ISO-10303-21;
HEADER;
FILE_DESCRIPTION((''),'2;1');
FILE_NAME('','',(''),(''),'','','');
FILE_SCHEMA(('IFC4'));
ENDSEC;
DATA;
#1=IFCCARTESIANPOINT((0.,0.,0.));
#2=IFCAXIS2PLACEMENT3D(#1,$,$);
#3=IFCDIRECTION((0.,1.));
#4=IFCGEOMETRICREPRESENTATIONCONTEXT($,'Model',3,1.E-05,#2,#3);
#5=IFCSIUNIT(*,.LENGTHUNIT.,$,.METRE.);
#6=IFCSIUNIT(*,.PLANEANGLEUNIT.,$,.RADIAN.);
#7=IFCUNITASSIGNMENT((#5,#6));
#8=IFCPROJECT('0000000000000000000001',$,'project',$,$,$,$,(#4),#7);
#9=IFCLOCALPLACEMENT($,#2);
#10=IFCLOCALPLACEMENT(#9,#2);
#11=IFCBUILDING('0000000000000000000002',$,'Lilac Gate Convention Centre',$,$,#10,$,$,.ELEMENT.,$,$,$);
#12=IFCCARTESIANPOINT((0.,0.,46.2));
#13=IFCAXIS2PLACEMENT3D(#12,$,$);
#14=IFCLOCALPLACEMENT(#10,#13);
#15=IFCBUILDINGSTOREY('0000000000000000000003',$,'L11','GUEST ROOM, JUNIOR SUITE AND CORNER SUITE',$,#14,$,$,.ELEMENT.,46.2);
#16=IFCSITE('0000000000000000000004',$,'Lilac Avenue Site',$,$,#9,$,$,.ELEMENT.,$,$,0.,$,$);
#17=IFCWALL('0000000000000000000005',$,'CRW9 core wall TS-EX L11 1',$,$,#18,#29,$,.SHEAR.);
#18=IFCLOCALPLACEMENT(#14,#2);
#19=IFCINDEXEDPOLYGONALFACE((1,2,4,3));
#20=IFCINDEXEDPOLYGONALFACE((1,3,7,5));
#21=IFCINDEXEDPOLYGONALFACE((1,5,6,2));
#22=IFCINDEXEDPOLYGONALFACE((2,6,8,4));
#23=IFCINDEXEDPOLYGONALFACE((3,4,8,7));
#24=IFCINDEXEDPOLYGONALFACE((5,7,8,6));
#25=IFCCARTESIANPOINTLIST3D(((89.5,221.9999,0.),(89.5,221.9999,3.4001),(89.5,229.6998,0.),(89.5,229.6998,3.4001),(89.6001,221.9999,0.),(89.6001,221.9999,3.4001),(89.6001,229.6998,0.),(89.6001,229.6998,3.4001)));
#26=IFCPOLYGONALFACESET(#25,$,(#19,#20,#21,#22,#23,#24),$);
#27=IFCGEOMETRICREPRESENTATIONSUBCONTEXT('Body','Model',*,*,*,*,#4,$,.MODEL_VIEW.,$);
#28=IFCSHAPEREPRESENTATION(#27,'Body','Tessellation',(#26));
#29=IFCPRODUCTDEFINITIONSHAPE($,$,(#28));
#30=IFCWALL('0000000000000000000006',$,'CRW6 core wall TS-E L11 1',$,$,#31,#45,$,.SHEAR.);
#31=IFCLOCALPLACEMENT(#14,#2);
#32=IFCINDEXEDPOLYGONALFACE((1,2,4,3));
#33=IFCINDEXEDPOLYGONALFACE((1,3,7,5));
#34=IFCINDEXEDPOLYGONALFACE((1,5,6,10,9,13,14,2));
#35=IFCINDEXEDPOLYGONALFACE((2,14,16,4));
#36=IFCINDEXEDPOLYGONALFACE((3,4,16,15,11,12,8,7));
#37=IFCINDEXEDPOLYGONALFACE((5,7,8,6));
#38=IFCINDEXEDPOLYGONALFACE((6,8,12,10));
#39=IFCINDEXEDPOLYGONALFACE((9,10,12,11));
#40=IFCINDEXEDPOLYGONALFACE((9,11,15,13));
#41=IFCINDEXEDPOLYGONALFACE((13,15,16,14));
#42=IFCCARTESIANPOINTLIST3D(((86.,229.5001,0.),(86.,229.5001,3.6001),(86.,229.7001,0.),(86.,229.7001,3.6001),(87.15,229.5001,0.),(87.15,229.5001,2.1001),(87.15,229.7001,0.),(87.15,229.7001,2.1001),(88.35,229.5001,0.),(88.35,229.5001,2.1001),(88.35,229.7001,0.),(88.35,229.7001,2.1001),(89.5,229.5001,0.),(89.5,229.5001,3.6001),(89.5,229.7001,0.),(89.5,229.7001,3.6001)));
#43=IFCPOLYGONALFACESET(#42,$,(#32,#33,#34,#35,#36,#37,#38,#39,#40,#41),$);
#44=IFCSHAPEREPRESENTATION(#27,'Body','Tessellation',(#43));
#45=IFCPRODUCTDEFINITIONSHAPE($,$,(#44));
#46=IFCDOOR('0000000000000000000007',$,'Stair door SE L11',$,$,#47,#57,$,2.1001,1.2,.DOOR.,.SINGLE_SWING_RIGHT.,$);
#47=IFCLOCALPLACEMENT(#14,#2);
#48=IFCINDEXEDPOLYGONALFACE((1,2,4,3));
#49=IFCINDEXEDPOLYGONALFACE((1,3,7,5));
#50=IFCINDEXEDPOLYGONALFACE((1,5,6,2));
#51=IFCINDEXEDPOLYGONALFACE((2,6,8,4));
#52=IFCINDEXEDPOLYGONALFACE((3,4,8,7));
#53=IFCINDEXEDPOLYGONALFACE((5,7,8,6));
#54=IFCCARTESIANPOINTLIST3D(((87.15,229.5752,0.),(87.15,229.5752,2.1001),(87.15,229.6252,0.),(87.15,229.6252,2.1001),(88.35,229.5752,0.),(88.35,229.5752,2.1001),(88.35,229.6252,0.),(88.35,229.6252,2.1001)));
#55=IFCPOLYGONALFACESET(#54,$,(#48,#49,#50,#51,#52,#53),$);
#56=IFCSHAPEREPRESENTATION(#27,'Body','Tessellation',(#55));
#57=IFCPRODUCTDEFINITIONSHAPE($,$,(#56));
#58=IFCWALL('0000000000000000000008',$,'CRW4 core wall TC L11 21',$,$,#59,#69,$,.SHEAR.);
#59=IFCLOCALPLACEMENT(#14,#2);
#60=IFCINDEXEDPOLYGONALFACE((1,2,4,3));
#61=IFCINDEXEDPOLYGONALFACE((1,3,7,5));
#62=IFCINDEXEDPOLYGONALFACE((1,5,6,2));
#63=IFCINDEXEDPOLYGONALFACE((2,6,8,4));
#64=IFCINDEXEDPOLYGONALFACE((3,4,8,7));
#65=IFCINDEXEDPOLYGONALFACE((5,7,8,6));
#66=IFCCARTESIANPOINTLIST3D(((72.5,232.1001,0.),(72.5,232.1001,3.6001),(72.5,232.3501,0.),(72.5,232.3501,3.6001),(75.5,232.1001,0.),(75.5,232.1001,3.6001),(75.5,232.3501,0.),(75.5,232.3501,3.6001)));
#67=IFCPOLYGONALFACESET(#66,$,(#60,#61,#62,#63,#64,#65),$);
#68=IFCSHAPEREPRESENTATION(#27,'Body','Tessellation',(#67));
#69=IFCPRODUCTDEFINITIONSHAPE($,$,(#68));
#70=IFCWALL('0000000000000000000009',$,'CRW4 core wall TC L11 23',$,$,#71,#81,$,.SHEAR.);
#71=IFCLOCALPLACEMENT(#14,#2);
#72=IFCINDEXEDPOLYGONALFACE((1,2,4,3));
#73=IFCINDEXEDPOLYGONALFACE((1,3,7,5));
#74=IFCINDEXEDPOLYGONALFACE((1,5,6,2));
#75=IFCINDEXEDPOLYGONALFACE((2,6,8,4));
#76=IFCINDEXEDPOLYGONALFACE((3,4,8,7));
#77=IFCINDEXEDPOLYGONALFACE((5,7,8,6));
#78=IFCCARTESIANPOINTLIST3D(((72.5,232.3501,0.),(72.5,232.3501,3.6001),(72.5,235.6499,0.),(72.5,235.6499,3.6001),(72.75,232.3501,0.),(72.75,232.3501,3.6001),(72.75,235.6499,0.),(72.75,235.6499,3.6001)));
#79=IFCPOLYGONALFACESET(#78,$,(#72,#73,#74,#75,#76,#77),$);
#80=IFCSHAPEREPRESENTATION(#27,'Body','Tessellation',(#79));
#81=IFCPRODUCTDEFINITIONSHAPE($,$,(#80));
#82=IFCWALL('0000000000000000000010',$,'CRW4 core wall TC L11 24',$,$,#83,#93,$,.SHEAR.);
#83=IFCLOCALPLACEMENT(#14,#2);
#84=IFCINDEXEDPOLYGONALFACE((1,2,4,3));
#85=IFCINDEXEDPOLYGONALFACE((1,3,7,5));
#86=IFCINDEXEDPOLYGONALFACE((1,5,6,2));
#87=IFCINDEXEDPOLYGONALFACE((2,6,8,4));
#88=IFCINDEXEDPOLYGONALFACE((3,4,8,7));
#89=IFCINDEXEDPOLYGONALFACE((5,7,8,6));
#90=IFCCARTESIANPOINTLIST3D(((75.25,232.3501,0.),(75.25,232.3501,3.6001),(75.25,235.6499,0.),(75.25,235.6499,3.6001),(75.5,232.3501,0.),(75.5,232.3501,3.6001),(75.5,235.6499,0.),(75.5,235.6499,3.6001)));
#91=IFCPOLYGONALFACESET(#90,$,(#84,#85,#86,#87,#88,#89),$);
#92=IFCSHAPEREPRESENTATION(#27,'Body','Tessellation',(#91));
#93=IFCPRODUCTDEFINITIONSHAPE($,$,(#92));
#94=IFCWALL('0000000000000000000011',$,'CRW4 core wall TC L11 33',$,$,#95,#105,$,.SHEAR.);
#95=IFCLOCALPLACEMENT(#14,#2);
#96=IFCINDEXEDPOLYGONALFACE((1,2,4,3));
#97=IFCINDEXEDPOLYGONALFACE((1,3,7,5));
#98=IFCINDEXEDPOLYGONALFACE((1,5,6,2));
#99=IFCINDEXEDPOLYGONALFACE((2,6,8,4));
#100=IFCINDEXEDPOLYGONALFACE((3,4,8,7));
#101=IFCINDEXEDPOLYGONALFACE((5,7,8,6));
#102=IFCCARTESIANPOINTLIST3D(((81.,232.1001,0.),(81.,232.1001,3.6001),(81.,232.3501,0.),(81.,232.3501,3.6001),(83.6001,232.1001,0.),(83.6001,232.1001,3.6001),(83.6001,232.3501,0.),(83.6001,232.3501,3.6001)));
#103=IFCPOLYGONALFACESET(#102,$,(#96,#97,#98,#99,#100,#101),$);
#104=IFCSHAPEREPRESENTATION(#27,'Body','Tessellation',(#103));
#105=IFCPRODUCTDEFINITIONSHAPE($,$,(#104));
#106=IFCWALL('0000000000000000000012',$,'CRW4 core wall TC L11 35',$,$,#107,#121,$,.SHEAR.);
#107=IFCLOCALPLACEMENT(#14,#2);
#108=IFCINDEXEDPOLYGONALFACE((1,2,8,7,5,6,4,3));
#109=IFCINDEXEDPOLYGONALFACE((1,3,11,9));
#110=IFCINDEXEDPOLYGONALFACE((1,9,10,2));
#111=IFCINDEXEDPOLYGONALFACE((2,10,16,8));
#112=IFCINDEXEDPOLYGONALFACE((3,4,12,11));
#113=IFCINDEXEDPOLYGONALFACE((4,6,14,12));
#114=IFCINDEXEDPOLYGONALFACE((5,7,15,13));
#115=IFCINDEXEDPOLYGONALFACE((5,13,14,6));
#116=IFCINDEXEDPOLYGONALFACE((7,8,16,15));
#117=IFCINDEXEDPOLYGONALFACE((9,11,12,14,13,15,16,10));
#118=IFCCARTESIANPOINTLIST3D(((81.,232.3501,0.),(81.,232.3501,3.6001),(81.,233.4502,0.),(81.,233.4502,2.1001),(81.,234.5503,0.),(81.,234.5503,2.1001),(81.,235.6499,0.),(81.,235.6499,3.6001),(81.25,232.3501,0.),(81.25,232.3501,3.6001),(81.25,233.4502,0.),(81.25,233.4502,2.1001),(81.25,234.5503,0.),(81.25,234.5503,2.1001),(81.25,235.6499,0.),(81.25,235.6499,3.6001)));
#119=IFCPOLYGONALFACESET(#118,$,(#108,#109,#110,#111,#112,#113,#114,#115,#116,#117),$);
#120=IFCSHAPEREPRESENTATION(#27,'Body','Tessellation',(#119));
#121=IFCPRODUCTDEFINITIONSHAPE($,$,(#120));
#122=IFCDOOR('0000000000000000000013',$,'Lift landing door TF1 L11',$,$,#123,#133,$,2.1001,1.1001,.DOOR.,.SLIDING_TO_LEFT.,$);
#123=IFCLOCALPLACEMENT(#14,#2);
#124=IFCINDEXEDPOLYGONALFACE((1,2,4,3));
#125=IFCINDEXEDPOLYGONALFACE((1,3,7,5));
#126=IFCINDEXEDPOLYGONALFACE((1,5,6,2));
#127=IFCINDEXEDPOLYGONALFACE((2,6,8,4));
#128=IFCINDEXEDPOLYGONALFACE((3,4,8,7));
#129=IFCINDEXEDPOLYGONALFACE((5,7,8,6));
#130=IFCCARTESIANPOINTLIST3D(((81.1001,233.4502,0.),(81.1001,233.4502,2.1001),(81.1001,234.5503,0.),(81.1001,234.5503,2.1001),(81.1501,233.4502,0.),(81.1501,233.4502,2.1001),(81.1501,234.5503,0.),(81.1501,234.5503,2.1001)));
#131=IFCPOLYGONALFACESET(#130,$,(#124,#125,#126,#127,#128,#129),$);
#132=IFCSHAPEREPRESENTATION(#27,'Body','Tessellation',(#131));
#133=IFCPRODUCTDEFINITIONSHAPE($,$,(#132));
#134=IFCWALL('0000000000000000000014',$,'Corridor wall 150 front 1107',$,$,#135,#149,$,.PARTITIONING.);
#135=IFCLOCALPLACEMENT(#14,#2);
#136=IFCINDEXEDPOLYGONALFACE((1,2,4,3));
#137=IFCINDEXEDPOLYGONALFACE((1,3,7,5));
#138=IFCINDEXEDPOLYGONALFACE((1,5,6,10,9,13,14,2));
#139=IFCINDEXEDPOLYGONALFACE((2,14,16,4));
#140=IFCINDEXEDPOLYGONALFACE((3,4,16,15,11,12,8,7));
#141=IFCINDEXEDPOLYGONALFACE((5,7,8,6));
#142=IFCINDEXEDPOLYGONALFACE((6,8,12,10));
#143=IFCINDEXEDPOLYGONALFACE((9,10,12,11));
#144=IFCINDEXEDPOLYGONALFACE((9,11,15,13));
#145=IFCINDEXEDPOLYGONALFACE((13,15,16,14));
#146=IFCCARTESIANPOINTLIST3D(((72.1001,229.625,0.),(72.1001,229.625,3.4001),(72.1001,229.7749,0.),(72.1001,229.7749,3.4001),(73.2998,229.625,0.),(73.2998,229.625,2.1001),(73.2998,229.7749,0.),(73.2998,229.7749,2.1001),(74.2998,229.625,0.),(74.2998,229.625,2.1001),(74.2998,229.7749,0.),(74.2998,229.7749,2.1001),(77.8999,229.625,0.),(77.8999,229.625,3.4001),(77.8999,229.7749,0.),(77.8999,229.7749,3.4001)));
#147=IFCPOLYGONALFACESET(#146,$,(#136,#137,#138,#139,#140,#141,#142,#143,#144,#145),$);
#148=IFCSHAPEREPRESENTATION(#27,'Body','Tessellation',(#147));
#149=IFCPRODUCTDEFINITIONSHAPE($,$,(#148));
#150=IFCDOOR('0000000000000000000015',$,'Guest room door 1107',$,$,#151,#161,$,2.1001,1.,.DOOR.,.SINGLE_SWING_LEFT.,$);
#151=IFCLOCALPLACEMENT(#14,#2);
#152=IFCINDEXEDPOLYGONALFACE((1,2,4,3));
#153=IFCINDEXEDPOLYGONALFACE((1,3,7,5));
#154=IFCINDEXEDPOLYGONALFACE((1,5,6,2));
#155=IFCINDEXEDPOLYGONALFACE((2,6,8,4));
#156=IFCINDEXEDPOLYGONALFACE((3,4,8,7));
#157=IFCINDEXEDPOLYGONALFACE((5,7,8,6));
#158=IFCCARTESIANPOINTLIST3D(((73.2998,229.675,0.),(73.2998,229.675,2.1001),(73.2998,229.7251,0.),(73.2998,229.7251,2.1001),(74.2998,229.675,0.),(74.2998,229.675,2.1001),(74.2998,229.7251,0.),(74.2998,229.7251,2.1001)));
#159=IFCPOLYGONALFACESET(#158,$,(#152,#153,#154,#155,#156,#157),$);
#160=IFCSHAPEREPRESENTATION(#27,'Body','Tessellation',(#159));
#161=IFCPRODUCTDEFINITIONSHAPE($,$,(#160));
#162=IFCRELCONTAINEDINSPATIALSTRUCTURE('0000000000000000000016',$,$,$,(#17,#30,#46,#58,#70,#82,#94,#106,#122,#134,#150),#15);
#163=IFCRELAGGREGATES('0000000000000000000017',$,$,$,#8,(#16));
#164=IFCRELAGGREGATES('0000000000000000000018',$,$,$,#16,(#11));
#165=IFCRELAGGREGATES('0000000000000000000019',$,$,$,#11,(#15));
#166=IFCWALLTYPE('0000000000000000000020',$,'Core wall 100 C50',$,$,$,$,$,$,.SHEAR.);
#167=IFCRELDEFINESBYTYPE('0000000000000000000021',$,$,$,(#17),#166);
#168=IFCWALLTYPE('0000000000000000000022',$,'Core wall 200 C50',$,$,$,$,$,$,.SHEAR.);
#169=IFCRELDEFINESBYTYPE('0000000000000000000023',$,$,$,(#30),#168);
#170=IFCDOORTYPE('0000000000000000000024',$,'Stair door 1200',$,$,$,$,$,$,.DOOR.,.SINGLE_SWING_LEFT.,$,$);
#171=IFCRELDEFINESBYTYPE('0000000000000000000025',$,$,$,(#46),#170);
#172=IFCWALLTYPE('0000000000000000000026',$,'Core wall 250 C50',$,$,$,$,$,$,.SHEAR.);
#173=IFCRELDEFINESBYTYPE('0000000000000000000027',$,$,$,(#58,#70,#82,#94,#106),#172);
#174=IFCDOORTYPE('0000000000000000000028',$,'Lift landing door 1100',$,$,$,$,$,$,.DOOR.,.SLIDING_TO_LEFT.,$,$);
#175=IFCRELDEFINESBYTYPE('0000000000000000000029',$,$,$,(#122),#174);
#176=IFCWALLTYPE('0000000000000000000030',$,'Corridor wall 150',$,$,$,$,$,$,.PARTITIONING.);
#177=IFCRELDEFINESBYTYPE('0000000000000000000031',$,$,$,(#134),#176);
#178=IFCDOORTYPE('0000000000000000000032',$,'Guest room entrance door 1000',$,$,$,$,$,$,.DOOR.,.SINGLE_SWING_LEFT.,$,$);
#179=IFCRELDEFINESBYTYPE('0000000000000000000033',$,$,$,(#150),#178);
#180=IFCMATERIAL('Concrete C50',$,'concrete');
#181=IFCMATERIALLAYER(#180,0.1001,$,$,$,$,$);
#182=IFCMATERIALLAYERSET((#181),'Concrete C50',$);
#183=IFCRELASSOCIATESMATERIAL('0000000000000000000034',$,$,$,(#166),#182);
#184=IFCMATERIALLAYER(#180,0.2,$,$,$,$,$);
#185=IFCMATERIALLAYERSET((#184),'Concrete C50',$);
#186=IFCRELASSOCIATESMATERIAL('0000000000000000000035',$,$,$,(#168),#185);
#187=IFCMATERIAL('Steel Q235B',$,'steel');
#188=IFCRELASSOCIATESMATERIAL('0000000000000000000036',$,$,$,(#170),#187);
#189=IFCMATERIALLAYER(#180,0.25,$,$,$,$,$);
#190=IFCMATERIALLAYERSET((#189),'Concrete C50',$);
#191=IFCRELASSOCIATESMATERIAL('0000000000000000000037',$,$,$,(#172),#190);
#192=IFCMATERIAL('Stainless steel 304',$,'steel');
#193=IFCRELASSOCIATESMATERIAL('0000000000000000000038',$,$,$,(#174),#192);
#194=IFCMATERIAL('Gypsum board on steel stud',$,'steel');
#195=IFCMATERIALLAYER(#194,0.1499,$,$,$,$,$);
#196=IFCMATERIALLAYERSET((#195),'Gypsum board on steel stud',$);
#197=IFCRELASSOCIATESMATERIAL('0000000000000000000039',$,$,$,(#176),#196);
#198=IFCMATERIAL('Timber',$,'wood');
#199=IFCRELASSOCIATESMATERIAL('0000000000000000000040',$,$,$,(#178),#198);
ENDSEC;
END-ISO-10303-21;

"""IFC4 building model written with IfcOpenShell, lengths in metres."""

from ifc_helpers import new_model, si_unit, direction, frame, frame_2d, origin, place, context, subcontext, project, spatial, rectangle, extrude, material, layer, layer_set, type_object, element, fill, save


model = new_model("IFC4")

# Units and contexts
model_context = context("Model", 3, precision=1e-05, world=origin(), true_north=direction((0.0, 1.0)))
body_context = subcontext(model_context, "Body", "Model", "MODEL_VIEW")
ifc_project = project(units=[si_unit("LENGTHUNIT", "METRE"), si_unit("PLANEANGLEUNIT", "RADIAN")], contexts=[model_context])

# Site, building, storey
site_placement = place(None, origin())
site = spatial("IfcSite", under=ifc_project, at=site_placement, Name="Lilac Avenue Site", CompositionType="ELEMENT", RefElevation=0.0)
building_placement = place(site_placement, origin())
building = spatial("IfcBuilding", under=site, at=building_placement, Name="Lilac Gate Convention Centre", CompositionType="ELEMENT")
storey_placement = place(building_placement, frame((0.0, 0.0, 46.2)))
storey = spatial("IfcBuildingStorey", under=building, at=storey_placement, Name="L11", Description="GUEST ROOM, JUNIOR SUITE AND CORNER SUITE", CompositionType="ELEMENT", Elevation=46.2)

# Wall
ifc_material_1 = material(Name="Concrete C50", Category="concrete")
ifc_layer_1 = layer(ifc_material_1, 0.1001)
ifc_layer_set_1 = layer_set([ifc_layer_1], Name="Concrete C50")
wall_type_1 = type_object("IfcWallType", Name="Core wall 100 C50", PredefinedType="SHEAR", material=ifc_layer_set_1)
wall_1_placement = place(storey_placement, frame((89.55, 229.7, 0.0), z_axis=(0.0, 0.0, 1.0), x_axis=(0.0, -1.0, 0.0)))
element("IfcWall", 1, at=wall_1_placement, inside=storey, type_object=wall_type_1, Name="CRW9 core wall TS-EX L11 1", PredefinedType="SHEAR", context=body_context, shape_type="SweptSolid", body=[
    extrude(rectangle(XDim=7.7, YDim=0.1001, at=frame_2d((3.8501, 0.0))), origin(), (0.0, 0.0, 1.0), 3.4001),
])

# Wall, opening, door
ifc_layer_2 = layer(ifc_material_1, 0.2)
ifc_layer_set_2 = layer_set([ifc_layer_2], Name="Concrete C50")
wall_type_2 = type_object("IfcWallType", Name="Core wall 200 C50", PredefinedType="SHEAR", material=ifc_layer_set_2)
wall_2_placement = place(storey_placement, frame((89.5, 229.6001, 0.0), z_axis=(0.0, 0.0, 1.0), x_axis=(-1.0, 0.0, 0.0)))
wall_2 = element("IfcWall", 2, at=wall_2_placement, inside=storey, type_object=wall_type_2, Name="CRW6 core wall TS-E L11 1", PredefinedType="SHEAR", context=body_context, shape_type="SweptSolid", body=[
    extrude(rectangle(XDim=3.5, YDim=0.2, at=frame_2d((1.75, 0.0))), origin(), (0.0, 0.0, 1.0), 3.6001),
])
opening_1_placement = place(wall_2_placement, frame((1.1499, 0.0, 0.0)))
opening_1 = element("IfcOpeningElement", 3, at=opening_1_placement, cuts=wall_2, PredefinedType="OPENING", context=body_context, shape_type="SweptSolid", body=[
    extrude(rectangle(XDim=1.2, YDim=2.1001, at=frame_2d((0.6001, 1.05))), frame((0.0, 0.1099, 0.0), z_axis=(0.0, -1.0, 0.0), x_axis=(1.0, 0.0, 0.0)), (0.0, 0.0, 1.0), 0.22),
])
ifc_material_2 = material(Name="Steel Q235B", Category="steel")
door_type_1 = type_object("IfcDoorType", Name="Stair door 1200", OperationType="SINGLE_SWING_LEFT", PredefinedType="DOOR", material=ifc_material_2)
door_1_placement = place(opening_1_placement, origin())
door_1 = element("IfcDoor", 4, at=door_1_placement, inside=storey, type_object=door_type_1, Name="Stair door SE L11", OperationType="SINGLE_SWING_RIGHT", OverallHeight=2.1001, OverallWidth=1.2, PredefinedType="DOOR", context=body_context, shape_type="SweptSolid", body=[
    extrude(rectangle(XDim=1.2, YDim=2.1001, at=frame_2d((0.6001, 1.05))), frame((0.0, 0.0249, 0.0), z_axis=(0.0, -1.0, 0.0), x_axis=(1.0, 0.0, 0.0)), (0.0, 0.0, 1.0), 0.05),
])
fill(opening_1, door_1)

# Walls
ifc_layer_3 = layer(ifc_material_1, 0.25)
ifc_layer_set_3 = layer_set([ifc_layer_3], Name="Concrete C50")
wall_type_3 = type_object("IfcWallType", Name="Core wall 250 C50", PredefinedType="SHEAR", material=ifc_layer_set_3)
wall_3_placement = place(storey_placement, frame((72.5, 232.2251, 0.0), z_axis=(0.0, 0.0, 1.0), x_axis=(1.0, 0.0, 0.0)))
element("IfcWall", 5, at=wall_3_placement, inside=storey, type_object=wall_type_3, Name="CRW4 core wall TC L11 21", PredefinedType="SHEAR", context=body_context, shape_type="SweptSolid", body=[
    extrude(rectangle(XDim=3.0, YDim=0.25, at=frame_2d((1.5, 0.0))), origin(), (0.0, 0.0, 1.0), 3.6001),
])
for number, where, z_axis, x_axis, name in (
    (6, (72.625, 232.3501, 0.0), (0.0, 0.0, 1.0), (0.0, 1.0, 0.0), "CRW4 core wall TC L11 23"),
    (7, (75.375, 232.3501, 0.0), (0.0, 0.0, 1.0), (0.0, 1.0, 0.0), "CRW4 core wall TC L11 24"),
):
    element("IfcWall", number, at=place(storey_placement, frame(where, z_axis=z_axis, x_axis=x_axis)), inside=storey, type_object=wall_type_3, Name=name, PredefinedType="SHEAR", context=body_context, shape_type="SweptSolid", body=[
        extrude(rectangle(XDim=3.2998, YDim=0.25, at=frame_2d((1.6499, 0.0))), origin(), (0.0, 0.0, 1.0), 3.6001),
    ])
wall_4_placement = place(storey_placement, frame((81.0, 232.2251, 0.0), z_axis=(0.0, 0.0, 1.0), x_axis=(1.0, 0.0, 0.0)))
element("IfcWall", 8, at=wall_4_placement, inside=storey, type_object=wall_type_3, Name="CRW4 core wall TC L11 33", PredefinedType="SHEAR", context=body_context, shape_type="SweptSolid", body=[
    extrude(rectangle(XDim=2.6001, YDim=0.25, at=frame_2d((1.3, 0.0))), origin(), (0.0, 0.0, 1.0), 3.6001),
])

# Walls, openings, doors
wall_5_placement = place(storey_placement, frame((81.125, 232.3501, 0.0), z_axis=(0.0, 0.0, 1.0), x_axis=(0.0, 1.0, 0.0)))
wall_5 = element("IfcWall", 9, at=wall_5_placement, inside=storey, type_object=wall_type_3, Name="CRW4 core wall TC L11 35", PredefinedType="SHEAR", context=body_context, shape_type="SweptSolid", body=[
    extrude(rectangle(XDim=3.2998, YDim=0.25, at=frame_2d((1.6499, 0.0))), origin(), (0.0, 0.0, 1.0), 3.6001),
])
opening_2_placement = place(wall_5_placement, frame((1.1001, 0.0, 0.0)))
opening_2 = element("IfcOpeningElement", 10, at=opening_2_placement, cuts=wall_5, PredefinedType="OPENING", context=body_context, shape_type="SweptSolid", body=[
    extrude(rectangle(XDim=1.1001, YDim=2.1001, at=frame_2d((0.55, 1.05))), frame((0.0, 0.135, 0.0), z_axis=(0.0, -1.0, 0.0), x_axis=(1.0, 0.0, 0.0)), (0.0, 0.0, 1.0), 0.27),
])
ifc_material_3 = material(Name="Stainless steel 304", Category="steel")
door_type_2 = type_object("IfcDoorType", Name="Lift landing door 1100", OperationType="SLIDING_TO_LEFT", PredefinedType="DOOR", material=ifc_material_3)
door_2_placement = place(opening_2_placement, origin())
door_2 = element("IfcDoor", 11, at=door_2_placement, inside=storey, type_object=door_type_2, Name="Lift landing door TF1 L11", OperationType="SLIDING_TO_LEFT", OverallHeight=2.1001, OverallWidth=1.1001, PredefinedType="DOOR", context=body_context, shape_type="SweptSolid", body=[
    extrude(rectangle(XDim=1.1001, YDim=2.1001, at=frame_2d((0.55, 1.05))), frame((0.0, 0.0249, 0.0), z_axis=(0.0, -1.0, 0.0), x_axis=(1.0, 0.0, 0.0)), (0.0, 0.0, 1.0), 0.05),
])
fill(opening_2, door_2)
ifc_material_4 = material(Name="Gypsum board on steel stud", Category="steel")
ifc_layer_4 = layer(ifc_material_4, 0.1499)
ifc_layer_set_4 = layer_set([ifc_layer_4], Name="Gypsum board on steel stud")
wall_type_4 = type_object("IfcWallType", Name="Corridor wall 150", PredefinedType="PARTITIONING", material=ifc_layer_set_4)
wall_6_placement = place(storey_placement, frame((77.8999, 229.7, 0.0), z_axis=(0.0, 0.0, 1.0), x_axis=(-1.0, 0.0, 0.0)))
wall_6 = element("IfcWall", 12, at=wall_6_placement, inside=storey, type_object=wall_type_4, Name="Corridor wall 150 front 1107", PredefinedType="PARTITIONING", context=body_context, shape_type="SweptSolid", body=[
    extrude(rectangle(XDim=5.7998, YDim=0.1499, at=frame_2d((2.8999, 0.0))), origin(), (0.0, 0.0, 1.0), 3.4001),
])
opening_3_placement = place(wall_6_placement, frame((3.6001, 0.0, 0.0)))
opening_3 = element("IfcOpeningElement", 13, at=opening_3_placement, cuts=wall_6, PredefinedType="OPENING", context=body_context, shape_type="SweptSolid", body=[
    extrude(rectangle(XDim=1.0, YDim=2.1001, at=frame_2d((0.5, 1.05))), frame((0.0, 0.085, 0.0), z_axis=(0.0, -1.0, 0.0), x_axis=(1.0, 0.0, 0.0)), (0.0, 0.0, 1.0), 0.1699),
])
ifc_material_5 = material(Name="Timber", Category="wood")
door_type_3 = type_object("IfcDoorType", Name="Guest room entrance door 1000", OperationType="SINGLE_SWING_LEFT", PredefinedType="DOOR", material=ifc_material_5)
door_3_placement = place(opening_3_placement, origin())
door_3 = element("IfcDoor", 14, at=door_3_placement, inside=storey, type_object=door_type_3, Name="Guest room door 1107", OperationType="SINGLE_SWING_LEFT", OverallHeight=2.1001, OverallWidth=1.0, PredefinedType="DOOR", context=body_context, shape_type="SweptSolid", body=[
    extrude(rectangle(XDim=1.0, YDim=2.1001, at=frame_2d((0.5, 1.05))), frame((0.0, 0.0249, 0.0), z_axis=(0.0, -1.0, 0.0), x_axis=(1.0, 0.0, 0.0)), (0.0, 0.0, 1.0), 0.05),
])
fill(opening_3, door_3)

save(model, "model.ifc")
